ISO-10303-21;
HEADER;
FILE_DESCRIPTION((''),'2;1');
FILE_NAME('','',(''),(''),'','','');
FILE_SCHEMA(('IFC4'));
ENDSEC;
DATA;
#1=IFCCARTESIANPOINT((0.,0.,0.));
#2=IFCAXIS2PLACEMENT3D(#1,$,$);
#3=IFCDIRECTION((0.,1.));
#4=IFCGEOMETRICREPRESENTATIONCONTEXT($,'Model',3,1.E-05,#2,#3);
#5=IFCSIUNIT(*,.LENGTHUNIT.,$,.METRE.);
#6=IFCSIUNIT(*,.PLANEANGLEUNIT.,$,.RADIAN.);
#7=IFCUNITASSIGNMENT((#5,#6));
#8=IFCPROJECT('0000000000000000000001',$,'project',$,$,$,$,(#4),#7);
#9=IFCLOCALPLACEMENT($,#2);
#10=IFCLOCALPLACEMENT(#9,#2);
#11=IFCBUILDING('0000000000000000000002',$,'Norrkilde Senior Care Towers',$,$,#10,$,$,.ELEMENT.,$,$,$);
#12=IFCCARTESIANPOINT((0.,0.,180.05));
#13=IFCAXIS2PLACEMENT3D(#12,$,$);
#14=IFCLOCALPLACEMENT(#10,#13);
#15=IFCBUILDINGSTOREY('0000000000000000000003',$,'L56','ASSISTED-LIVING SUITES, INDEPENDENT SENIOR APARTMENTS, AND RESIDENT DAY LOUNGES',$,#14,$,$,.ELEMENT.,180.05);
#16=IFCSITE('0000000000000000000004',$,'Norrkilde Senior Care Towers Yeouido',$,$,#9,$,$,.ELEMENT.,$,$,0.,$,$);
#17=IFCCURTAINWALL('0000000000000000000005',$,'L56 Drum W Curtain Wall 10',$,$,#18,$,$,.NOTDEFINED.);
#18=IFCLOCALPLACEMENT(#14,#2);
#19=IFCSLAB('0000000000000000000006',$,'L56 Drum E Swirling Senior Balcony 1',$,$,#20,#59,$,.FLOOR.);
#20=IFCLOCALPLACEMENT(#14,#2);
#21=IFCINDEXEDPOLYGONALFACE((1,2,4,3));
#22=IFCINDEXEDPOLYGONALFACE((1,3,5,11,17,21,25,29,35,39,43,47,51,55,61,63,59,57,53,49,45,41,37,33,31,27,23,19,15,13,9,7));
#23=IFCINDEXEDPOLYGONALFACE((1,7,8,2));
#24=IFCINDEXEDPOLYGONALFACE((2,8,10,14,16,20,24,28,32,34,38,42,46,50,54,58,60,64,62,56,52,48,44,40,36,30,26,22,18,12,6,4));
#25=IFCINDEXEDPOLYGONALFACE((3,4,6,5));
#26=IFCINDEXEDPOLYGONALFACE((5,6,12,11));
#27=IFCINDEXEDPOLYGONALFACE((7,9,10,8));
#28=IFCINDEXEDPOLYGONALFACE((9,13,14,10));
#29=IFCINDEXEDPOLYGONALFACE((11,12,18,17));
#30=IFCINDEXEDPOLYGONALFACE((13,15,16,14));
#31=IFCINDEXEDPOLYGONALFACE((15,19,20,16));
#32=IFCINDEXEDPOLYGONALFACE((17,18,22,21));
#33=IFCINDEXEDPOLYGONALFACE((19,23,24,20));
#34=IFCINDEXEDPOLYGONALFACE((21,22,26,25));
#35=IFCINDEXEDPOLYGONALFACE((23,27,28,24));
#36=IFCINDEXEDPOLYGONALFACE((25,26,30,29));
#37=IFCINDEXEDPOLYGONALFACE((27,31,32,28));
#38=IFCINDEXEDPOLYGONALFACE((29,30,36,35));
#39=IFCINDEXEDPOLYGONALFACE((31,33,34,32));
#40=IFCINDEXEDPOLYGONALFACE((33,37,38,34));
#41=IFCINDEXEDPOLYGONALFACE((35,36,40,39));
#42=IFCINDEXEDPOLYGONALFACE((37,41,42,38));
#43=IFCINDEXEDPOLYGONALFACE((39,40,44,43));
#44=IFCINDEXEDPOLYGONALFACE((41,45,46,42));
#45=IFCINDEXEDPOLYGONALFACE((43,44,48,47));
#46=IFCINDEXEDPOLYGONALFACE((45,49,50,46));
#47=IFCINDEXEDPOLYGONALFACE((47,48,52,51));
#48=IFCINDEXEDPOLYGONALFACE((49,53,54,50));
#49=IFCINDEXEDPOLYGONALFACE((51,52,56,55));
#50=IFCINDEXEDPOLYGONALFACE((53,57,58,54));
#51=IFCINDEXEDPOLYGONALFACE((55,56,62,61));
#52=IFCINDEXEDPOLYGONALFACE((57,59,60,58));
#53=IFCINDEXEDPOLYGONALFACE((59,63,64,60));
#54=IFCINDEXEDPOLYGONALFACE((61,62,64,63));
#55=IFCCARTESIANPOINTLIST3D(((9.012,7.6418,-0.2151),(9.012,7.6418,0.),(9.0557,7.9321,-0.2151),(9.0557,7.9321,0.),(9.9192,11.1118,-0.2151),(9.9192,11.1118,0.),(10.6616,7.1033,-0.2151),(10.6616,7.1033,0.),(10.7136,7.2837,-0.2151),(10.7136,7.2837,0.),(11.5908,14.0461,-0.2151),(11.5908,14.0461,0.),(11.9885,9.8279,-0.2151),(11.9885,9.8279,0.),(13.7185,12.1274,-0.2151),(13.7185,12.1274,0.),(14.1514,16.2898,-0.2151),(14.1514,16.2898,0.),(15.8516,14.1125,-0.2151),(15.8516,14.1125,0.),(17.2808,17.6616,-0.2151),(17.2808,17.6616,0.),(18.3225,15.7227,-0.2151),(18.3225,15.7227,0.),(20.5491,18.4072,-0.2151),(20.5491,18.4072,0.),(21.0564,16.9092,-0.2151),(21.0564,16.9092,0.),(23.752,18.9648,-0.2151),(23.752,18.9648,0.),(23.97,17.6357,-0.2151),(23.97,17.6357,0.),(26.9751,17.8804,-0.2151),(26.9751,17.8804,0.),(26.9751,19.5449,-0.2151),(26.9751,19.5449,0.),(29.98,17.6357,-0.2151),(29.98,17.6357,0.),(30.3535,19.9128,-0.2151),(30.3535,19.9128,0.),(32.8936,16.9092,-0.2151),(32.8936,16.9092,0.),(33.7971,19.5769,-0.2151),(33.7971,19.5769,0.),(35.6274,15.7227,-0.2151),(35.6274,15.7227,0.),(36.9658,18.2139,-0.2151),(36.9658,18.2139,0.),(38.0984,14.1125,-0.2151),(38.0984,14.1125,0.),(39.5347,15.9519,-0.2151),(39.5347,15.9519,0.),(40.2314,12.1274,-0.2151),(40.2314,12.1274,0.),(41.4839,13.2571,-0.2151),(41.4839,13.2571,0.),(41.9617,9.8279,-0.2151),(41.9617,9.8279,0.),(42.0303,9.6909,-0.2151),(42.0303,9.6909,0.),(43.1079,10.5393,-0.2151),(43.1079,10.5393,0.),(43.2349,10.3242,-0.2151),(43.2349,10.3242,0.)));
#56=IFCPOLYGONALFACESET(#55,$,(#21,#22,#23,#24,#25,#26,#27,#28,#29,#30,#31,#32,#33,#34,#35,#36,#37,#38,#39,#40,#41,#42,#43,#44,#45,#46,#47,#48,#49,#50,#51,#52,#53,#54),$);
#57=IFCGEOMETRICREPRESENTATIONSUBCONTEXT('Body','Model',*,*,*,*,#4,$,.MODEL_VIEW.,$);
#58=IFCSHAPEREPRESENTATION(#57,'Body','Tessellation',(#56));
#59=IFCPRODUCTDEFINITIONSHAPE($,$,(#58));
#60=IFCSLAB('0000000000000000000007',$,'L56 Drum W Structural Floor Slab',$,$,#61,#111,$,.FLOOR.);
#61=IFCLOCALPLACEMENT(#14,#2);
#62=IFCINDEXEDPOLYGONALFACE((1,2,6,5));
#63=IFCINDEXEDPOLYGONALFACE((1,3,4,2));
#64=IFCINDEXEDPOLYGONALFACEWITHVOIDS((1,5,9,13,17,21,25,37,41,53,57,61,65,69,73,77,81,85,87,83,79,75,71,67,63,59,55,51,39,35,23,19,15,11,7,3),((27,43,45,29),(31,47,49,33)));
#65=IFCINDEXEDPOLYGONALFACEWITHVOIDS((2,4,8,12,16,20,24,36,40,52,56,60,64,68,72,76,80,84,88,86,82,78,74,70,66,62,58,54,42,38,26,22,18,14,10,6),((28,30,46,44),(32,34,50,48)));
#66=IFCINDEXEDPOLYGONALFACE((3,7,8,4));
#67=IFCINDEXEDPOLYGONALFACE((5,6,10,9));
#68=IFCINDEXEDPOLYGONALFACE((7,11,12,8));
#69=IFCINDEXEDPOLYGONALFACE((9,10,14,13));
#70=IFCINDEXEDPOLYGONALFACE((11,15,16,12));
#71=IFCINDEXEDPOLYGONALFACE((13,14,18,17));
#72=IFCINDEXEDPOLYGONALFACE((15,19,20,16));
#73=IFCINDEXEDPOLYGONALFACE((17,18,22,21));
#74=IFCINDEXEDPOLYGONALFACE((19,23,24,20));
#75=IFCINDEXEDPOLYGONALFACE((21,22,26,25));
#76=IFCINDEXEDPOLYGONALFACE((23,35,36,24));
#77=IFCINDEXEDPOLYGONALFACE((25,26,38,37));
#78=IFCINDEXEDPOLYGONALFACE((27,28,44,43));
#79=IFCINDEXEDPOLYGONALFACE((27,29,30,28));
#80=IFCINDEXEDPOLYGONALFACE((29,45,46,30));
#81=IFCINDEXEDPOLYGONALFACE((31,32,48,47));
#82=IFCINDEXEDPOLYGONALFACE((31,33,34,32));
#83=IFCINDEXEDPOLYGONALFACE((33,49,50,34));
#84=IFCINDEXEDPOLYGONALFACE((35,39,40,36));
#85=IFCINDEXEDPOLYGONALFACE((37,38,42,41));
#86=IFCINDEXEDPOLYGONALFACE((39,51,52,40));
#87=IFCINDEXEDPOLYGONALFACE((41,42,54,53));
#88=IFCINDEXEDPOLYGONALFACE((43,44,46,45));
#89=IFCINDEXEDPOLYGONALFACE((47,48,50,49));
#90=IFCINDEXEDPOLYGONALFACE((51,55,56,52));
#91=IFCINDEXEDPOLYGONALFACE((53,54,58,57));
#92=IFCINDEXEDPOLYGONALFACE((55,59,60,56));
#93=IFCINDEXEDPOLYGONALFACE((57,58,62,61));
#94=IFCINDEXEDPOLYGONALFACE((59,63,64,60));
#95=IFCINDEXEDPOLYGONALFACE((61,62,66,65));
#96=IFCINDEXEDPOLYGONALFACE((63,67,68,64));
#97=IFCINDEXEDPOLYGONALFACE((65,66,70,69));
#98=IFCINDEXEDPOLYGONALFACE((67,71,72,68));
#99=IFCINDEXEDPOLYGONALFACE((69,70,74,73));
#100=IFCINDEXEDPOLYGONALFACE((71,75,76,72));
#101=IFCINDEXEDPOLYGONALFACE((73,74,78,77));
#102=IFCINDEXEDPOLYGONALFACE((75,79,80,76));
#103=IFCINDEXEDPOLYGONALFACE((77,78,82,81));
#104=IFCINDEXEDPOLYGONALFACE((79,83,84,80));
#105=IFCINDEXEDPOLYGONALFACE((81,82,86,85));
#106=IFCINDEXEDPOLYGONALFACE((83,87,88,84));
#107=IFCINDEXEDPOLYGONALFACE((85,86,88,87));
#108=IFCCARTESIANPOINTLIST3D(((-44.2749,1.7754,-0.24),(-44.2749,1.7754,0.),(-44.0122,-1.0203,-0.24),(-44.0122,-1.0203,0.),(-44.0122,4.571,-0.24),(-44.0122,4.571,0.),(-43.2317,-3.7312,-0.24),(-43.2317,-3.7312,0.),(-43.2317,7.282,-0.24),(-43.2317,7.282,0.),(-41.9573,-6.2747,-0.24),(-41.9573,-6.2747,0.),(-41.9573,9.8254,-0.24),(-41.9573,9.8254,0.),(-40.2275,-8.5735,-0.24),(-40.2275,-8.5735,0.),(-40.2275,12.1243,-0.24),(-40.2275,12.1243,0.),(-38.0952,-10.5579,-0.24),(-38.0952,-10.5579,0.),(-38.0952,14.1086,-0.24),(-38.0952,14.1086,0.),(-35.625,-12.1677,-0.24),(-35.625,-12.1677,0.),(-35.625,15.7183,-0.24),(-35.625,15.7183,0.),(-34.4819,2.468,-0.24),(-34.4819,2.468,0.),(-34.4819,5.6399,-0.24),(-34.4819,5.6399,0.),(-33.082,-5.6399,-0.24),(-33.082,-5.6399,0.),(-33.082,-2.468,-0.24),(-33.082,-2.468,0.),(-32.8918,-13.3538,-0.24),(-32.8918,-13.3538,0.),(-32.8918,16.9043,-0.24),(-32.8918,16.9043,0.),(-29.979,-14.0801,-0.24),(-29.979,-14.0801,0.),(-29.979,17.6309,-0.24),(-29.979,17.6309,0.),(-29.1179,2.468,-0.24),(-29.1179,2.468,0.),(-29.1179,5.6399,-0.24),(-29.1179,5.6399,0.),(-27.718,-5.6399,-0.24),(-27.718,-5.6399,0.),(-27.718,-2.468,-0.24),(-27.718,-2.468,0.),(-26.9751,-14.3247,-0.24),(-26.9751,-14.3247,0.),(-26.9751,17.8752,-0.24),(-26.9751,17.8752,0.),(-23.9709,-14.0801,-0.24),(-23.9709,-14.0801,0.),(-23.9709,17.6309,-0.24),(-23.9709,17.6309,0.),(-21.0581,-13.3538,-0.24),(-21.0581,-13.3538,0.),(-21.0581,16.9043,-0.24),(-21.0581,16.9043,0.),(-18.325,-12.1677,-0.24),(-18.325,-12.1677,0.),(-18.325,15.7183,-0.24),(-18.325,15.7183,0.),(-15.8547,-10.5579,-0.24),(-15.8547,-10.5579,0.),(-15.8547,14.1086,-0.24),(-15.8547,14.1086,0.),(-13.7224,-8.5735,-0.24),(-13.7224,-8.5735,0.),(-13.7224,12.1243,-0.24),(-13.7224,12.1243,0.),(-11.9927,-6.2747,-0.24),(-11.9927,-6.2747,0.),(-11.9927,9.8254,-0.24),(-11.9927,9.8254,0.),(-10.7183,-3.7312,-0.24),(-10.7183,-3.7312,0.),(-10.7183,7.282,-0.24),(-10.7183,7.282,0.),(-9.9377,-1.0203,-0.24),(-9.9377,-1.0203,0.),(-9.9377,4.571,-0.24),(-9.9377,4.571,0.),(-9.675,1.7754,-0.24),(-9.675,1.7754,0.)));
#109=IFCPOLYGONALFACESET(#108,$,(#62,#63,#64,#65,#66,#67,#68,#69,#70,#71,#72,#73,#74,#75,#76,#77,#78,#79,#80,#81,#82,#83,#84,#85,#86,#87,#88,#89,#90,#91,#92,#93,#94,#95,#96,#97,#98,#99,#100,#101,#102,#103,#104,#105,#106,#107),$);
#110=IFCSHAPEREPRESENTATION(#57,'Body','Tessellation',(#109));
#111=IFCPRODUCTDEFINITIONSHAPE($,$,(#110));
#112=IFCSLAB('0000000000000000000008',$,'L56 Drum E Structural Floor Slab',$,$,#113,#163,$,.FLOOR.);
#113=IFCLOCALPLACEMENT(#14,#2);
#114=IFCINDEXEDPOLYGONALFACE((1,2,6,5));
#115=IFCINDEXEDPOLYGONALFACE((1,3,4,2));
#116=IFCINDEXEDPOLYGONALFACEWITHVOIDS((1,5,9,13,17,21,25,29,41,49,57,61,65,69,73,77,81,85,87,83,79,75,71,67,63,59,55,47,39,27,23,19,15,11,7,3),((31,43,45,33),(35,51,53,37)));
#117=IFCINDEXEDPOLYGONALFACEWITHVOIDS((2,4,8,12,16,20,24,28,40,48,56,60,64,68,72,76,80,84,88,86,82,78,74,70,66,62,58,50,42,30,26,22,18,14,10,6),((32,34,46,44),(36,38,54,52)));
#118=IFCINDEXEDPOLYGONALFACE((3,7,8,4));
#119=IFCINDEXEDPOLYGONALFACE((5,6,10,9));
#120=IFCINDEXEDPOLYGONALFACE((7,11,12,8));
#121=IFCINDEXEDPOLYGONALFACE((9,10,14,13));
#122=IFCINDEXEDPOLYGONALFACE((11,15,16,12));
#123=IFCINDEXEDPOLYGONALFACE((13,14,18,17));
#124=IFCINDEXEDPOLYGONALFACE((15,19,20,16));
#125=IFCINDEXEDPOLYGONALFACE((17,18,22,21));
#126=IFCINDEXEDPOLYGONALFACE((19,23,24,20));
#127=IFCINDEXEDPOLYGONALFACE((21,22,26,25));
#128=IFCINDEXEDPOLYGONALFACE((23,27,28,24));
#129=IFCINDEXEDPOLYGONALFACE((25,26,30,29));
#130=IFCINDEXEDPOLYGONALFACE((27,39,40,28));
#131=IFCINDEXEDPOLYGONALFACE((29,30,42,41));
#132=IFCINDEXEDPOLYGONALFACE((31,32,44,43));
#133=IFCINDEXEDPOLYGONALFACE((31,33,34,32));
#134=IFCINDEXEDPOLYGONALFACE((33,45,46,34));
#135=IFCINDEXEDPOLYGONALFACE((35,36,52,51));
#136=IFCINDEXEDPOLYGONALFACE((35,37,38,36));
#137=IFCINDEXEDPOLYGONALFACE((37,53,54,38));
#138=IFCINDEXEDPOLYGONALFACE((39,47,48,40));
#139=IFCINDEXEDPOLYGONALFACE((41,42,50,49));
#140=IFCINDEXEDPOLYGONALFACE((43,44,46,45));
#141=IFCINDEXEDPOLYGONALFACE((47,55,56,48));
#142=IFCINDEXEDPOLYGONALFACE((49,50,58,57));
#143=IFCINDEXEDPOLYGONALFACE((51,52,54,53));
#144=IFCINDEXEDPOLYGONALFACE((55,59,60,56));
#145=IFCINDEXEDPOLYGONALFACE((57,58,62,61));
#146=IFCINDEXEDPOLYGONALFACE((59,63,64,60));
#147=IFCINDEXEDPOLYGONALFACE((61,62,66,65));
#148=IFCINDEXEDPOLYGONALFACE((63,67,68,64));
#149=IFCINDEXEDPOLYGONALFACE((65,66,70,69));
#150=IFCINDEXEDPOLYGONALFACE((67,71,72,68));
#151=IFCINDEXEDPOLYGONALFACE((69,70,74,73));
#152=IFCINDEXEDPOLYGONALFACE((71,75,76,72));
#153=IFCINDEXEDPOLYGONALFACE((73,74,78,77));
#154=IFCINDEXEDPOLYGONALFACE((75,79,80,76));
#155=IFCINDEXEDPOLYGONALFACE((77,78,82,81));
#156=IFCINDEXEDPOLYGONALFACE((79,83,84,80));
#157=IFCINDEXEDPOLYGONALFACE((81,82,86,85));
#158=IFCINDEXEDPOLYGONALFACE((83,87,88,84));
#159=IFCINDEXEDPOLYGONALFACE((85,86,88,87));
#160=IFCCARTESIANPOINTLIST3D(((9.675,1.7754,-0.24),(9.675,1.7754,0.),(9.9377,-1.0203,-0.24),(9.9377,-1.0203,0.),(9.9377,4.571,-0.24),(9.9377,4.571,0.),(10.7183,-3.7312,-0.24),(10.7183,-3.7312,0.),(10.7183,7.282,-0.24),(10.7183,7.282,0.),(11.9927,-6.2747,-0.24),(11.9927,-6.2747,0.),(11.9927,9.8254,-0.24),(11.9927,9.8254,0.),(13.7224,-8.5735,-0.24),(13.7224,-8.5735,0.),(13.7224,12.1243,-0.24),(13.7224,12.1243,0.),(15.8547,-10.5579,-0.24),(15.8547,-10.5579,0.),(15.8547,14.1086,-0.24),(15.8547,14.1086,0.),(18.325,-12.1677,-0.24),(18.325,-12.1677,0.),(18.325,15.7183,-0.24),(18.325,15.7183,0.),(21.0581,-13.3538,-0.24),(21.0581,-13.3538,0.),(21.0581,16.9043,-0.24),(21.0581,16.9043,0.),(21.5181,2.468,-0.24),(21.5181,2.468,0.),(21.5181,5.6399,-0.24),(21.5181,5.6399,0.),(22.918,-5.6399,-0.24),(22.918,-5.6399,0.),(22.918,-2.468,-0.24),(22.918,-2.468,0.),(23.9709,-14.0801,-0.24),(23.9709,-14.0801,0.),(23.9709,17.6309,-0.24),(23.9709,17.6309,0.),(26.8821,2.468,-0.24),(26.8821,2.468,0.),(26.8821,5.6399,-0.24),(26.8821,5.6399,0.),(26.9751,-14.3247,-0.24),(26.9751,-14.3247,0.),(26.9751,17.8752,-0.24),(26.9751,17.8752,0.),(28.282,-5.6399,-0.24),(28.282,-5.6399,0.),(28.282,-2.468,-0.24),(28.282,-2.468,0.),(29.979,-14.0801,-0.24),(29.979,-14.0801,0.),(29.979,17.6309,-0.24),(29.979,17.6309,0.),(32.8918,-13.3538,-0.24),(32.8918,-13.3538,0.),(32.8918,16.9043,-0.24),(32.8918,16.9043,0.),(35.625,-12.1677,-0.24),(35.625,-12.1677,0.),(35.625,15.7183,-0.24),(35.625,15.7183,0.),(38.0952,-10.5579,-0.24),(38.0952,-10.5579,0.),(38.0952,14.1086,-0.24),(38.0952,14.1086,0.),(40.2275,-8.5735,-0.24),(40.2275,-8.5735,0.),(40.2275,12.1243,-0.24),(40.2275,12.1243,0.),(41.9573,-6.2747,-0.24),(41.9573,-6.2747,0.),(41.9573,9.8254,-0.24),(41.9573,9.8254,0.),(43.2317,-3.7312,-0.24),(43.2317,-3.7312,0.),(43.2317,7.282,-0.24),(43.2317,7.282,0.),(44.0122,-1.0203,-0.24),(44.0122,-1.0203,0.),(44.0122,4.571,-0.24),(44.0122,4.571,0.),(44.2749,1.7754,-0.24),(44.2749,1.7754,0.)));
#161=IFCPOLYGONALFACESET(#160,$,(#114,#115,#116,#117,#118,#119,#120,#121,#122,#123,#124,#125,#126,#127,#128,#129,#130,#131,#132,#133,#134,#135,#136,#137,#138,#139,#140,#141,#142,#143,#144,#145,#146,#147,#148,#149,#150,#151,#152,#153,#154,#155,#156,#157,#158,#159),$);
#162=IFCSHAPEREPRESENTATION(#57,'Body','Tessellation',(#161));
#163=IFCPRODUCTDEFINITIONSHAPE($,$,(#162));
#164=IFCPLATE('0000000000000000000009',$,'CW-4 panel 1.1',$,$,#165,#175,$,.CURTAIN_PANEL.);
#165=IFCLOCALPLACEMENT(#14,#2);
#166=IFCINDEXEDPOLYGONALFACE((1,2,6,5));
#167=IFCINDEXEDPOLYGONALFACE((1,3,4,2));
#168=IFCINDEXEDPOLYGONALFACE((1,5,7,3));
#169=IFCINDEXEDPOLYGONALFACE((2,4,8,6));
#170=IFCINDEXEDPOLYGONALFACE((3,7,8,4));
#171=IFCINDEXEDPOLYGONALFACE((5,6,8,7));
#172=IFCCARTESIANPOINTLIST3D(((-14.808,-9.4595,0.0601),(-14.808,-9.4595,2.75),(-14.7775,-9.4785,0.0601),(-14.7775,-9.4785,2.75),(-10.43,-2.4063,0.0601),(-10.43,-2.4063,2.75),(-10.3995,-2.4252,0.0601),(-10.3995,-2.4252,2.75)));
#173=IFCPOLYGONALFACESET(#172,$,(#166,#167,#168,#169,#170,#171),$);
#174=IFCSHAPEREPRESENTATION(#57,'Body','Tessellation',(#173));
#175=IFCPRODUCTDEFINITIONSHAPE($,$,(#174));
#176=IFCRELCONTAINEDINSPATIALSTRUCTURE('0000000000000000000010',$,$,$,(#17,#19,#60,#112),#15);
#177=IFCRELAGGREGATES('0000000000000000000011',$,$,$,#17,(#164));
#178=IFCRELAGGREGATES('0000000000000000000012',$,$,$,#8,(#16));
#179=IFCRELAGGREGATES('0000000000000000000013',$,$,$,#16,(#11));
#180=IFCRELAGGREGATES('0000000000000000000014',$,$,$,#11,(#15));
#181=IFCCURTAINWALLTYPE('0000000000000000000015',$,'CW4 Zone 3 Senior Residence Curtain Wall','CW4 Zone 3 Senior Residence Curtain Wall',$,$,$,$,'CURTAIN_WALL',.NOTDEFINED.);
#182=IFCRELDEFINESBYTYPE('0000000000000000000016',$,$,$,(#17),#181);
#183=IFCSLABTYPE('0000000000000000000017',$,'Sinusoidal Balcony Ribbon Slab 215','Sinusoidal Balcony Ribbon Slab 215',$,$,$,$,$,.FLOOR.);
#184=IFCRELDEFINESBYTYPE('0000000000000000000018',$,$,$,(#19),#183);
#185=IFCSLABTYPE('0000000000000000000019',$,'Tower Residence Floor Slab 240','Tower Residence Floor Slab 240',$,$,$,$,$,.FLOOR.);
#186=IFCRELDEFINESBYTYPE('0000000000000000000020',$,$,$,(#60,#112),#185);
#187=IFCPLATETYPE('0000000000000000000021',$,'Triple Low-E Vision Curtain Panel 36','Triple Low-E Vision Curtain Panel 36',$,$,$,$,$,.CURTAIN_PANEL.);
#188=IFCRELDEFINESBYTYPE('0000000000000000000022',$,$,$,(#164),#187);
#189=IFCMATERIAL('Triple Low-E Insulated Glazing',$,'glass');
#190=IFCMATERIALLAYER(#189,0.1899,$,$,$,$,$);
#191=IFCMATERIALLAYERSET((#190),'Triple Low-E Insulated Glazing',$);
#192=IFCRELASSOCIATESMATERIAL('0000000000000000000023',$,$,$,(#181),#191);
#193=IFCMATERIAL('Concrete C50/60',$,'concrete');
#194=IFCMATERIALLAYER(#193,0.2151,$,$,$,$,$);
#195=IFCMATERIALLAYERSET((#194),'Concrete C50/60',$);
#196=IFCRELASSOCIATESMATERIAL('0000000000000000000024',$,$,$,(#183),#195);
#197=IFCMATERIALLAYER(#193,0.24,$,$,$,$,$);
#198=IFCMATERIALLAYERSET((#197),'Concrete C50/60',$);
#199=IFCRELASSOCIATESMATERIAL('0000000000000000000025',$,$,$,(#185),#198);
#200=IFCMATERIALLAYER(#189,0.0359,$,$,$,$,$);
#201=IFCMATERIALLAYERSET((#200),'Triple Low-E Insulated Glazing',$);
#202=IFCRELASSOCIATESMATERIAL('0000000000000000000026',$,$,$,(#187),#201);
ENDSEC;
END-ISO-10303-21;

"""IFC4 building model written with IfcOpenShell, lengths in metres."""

from ifc_helpers import new_model, si_unit, direction, frame, origin, origin_2d, place, context, subcontext, project, spatial, polyline, rectangle, outline, extrude, source, transform, mapped, material, layer, layer_set, type_object, type_shapes, element, aggregate, save


model = new_model("IFC4")

# Units and contexts
model_context = context("Model", 3, precision=1e-05, world=origin(), true_north=direction((0.0, 1.0)))
body_context = subcontext(model_context, "Body", "Model", "MODEL_VIEW")
ifc_project = project(units=[si_unit("LENGTHUNIT", "METRE"), si_unit("PLANEANGLEUNIT", "RADIAN")], contexts=[model_context])

# Site, building, storey
site_placement = place(None, origin())
site = spatial("IfcSite", under=ifc_project, at=site_placement, Name="Norrkilde Senior Care Towers Yeouido", CompositionType="ELEMENT", RefElevation=0.0)
building_placement = place(site_placement, origin())
building = spatial("IfcBuilding", under=site, at=building_placement, Name="Norrkilde Senior Care Towers", CompositionType="ELEMENT")
storey_placement = place(building_placement, frame((0.0, 0.0, 180.05)))
storey = spatial("IfcBuildingStorey", under=building, at=storey_placement, Name="L56", Description="ASSISTED-LIVING SUITES, INDEPENDENT SENIOR APARTMENTS, AND RESIDENT DAY LOUNGES", CompositionType="ELEMENT", Elevation=180.05)

# Shared definitions
ifc_material_1 = material(Name="Concrete C50/60", Category="concrete")

# Curtain wall
ifc_material_2 = material(Name="Triple Low-E Insulated Glazing", Category="glass")
ifc_layer_1 = layer(ifc_material_2, 0.1899)
ifc_layer_set_1 = layer_set([ifc_layer_1], Name="Triple Low-E Insulated Glazing")
curtain_wall_type = type_object("IfcCurtainWallType", Name="CW4 Zone 3 Senior Residence Curtain Wall", Description="CW4 Zone 3 Senior Residence Curtain Wall", ElementType="CURTAIN_WALL", PredefinedType="NOTDEFINED", material=ifc_layer_set_1)
curtain_wall_1_placement = place(storey_placement, origin())
curtain_wall_1 = element("IfcCurtainWall", 1, at=curtain_wall_1_placement, inside=storey, type_object=curtain_wall_type, Name="L56 Drum W Curtain Wall 10", PredefinedType="NOTDEFINED")

# Slabs
ifc_layer_2 = layer(ifc_material_1, 0.2151)
ifc_layer_set_2 = layer_set([ifc_layer_2], Name="Concrete C50/60")
slab_type_1 = type_object("IfcSlabType", Name="Sinusoidal Balcony Ribbon Slab 215", Description="Sinusoidal Balcony Ribbon Slab 215", PredefinedType="FLOOR", material=ifc_layer_set_2)
slab_1_placement = place(storey_placement, frame((0.0, 0.0, -0.2151)))
element("IfcSlab", 2, at=slab_1_placement, inside=storey, type_object=slab_type_1, Name="L56 Drum E Swirling Senior Balcony 1", PredefinedType="FLOOR", context=body_context, shape_type="SweptSolid", body=[
    extrude(outline(polyline([(9.9192, 11.1118), (11.5908, 14.0461), (14.1514, 16.2898), (17.2808, 17.6616), (20.5491, 18.4072), (23.752, 18.9648), (26.9751, 19.5449), (30.3535, 19.9128), (33.7971, 19.5769), (36.9658, 18.2139), (39.5347, 15.9519), (41.4839, 13.2571), (43.1079, 10.5393), (43.2349, 10.3242), (42.0303, 9.6909), (41.9617, 9.8279), (40.2314, 12.1274), (38.0984, 14.1125), (35.6274, 15.7227), (32.8936, 16.9092), (29.98, 17.6357), (26.9751, 17.8804), (23.97, 17.6357), (21.0564, 16.9092), (18.3225, 15.7227), (15.8516, 14.1125), (13.7185, 12.1274), (11.9885, 9.8279), (10.7136, 7.2837), (10.6616, 7.1033), (9.012, 7.6418), (9.0557, 7.9321), (9.9192, 11.1118)])), origin(), (0.0, 0.0, 1.0), 0.2151),
])
ifc_layer_3 = layer(ifc_material_1, 0.24)
ifc_layer_set_3 = layer_set([ifc_layer_3], Name="Concrete C50/60")
slab_type_2 = type_object("IfcSlabType", Name="Tower Residence Floor Slab 240", Description="Tower Residence Floor Slab 240", PredefinedType="FLOOR", material=ifc_layer_set_3)
slab_2_placement = place(storey_placement, frame((0.0, 0.0, -0.24)))
element("IfcSlab", 3, at=slab_2_placement, inside=storey, type_object=slab_type_2, Name="L56 Drum W Structural Floor Slab", PredefinedType="FLOOR", context=body_context, shape_type="SweptSolid", body=[
    extrude(outline(polyline([(-10.7183, -3.7312), (-11.9927, -6.2747), (-13.7224, -8.5735), (-15.8547, -10.5579), (-18.325, -12.1677), (-21.0581, -13.3538), (-23.9709, -14.0801), (-26.9751, -14.3247), (-29.979, -14.0801), (-32.8918, -13.3538), (-35.625, -12.1677), (-38.0952, -10.5579), (-40.2275, -8.5735), (-41.9573, -6.2747), (-43.2317, -3.7312), (-44.0122, -1.0203), (-44.2749, 1.7754), (-44.0122, 4.571), (-43.2317, 7.282), (-41.9573, 9.8254), (-40.2275, 12.1243), (-38.0952, 14.1086), (-35.625, 15.7183), (-32.8918, 16.9043), (-29.979, 17.6309), (-26.9751, 17.8752), (-23.9709, 17.6309), (-21.0581, 16.9043), (-18.325, 15.7183), (-15.8547, 14.1086), (-13.7224, 12.1243), (-11.9927, 9.8254), (-10.7183, 7.282), (-9.9377, 4.571), (-9.675, 1.7754), (-9.9377, -1.0203), (-10.7183, -3.7312)]), holes=[polyline([(-34.4819, 2.468), (-29.1179, 2.468), (-29.1179, 5.6399), (-34.4819, 5.6399), (-34.4819, 2.468)]), polyline([(-27.718, -5.6399), (-27.718, -2.468), (-33.082, -2.468), (-33.082, -5.6399), (-27.718, -5.6399)])]), origin(), (0.0, 0.0, 1.0), 0.24),
])
slab_3_placement = place(storey_placement, frame((0.0, 0.0, -0.24)))
element("IfcSlab", 4, at=slab_3_placement, inside=storey, type_object=slab_type_2, Name="L56 Drum E Structural Floor Slab", PredefinedType="FLOOR", context=body_context, shape_type="SweptSolid", body=[
    extrude(outline(polyline([(43.2317, -3.7312), (41.9573, -6.2747), (40.2275, -8.5735), (38.0952, -10.5579), (35.625, -12.1677), (32.8918, -13.3538), (29.979, -14.0801), (26.9751, -14.3247), (23.9709, -14.0801), (21.0581, -13.3538), (18.325, -12.1677), (15.8547, -10.5579), (13.7224, -8.5735), (11.9927, -6.2747), (10.7183, -3.7312), (9.9377, -1.0203), (9.675, 1.7754), (9.9377, 4.571), (10.7183, 7.282), (11.9927, 9.8254), (13.7224, 12.1243), (15.8547, 14.1086), (18.325, 15.7183), (21.0581, 16.9043), (23.9709, 17.6309), (26.9751, 17.8752), (29.979, 17.6309), (32.8918, 16.9043), (35.625, 15.7183), (38.0952, 14.1086), (40.2275, 12.1243), (41.9573, 9.8254), (43.2317, 7.282), (44.0122, 4.571), (44.2749, 1.7754), (44.0122, -1.0203), (43.2317, -3.7312)]), holes=[polyline([(21.5181, 2.468), (26.8821, 2.468), (26.8821, 5.6399), (21.5181, 5.6399), (21.5181, 2.468)]), polyline([(28.282, -5.6399), (28.282, -2.468), (22.918, -2.468), (22.918, -5.6399), (28.282, -5.6399)])]), origin(), (0.0, 0.0, 1.0), 0.24),
])

# Plate
ifc_layer_4 = layer(ifc_material_2, 0.0359)
ifc_layer_set_4 = layer_set([ifc_layer_4], Name="Triple Low-E Insulated Glazing")
plate_type = type_object("IfcPlateType", Name="Triple Low-E Vision Curtain Panel 36", Description="Triple Low-E Vision Curtain Panel 36", PredefinedType="CURTAIN_PANEL", material=ifc_layer_set_4)
shared_shape_1 = source(origin(), body_context, "Body", "SweptSolid", [
    extrude(rectangle(XDim=8.3015, YDim=0.0359, at=origin_2d()), origin(), (0.0, 0.0, 1.0), 2.6899),
])
type_shapes(plate_type, [shared_shape_1])
plate_placement = place(storey_placement, frame((-12.6038, -5.9424, 0.0601), z_axis=(0.0, 0.0, 1.0), x_axis=(-0.527373, -0.849634, 0.0)))
plate = element("IfcPlate", 5, at=plate_placement, type_object=plate_type, Name="CW-4 panel 1.1", PredefinedType="CURTAIN_PANEL", context=body_context, shape_type="MappedRepresentation", body=[
    mapped(shared_shape_1, transform((0.0, 0.0, 0.0), x_axis=(1.0, 0.0, 0.0), y_axis=(0.0, 1.0, 0.0), z_axis=(0.0, 0.0, 1.0), scale=1.0)),
])
aggregate(curtain_wall_1, [plate])

save(model, "model.ifc")
